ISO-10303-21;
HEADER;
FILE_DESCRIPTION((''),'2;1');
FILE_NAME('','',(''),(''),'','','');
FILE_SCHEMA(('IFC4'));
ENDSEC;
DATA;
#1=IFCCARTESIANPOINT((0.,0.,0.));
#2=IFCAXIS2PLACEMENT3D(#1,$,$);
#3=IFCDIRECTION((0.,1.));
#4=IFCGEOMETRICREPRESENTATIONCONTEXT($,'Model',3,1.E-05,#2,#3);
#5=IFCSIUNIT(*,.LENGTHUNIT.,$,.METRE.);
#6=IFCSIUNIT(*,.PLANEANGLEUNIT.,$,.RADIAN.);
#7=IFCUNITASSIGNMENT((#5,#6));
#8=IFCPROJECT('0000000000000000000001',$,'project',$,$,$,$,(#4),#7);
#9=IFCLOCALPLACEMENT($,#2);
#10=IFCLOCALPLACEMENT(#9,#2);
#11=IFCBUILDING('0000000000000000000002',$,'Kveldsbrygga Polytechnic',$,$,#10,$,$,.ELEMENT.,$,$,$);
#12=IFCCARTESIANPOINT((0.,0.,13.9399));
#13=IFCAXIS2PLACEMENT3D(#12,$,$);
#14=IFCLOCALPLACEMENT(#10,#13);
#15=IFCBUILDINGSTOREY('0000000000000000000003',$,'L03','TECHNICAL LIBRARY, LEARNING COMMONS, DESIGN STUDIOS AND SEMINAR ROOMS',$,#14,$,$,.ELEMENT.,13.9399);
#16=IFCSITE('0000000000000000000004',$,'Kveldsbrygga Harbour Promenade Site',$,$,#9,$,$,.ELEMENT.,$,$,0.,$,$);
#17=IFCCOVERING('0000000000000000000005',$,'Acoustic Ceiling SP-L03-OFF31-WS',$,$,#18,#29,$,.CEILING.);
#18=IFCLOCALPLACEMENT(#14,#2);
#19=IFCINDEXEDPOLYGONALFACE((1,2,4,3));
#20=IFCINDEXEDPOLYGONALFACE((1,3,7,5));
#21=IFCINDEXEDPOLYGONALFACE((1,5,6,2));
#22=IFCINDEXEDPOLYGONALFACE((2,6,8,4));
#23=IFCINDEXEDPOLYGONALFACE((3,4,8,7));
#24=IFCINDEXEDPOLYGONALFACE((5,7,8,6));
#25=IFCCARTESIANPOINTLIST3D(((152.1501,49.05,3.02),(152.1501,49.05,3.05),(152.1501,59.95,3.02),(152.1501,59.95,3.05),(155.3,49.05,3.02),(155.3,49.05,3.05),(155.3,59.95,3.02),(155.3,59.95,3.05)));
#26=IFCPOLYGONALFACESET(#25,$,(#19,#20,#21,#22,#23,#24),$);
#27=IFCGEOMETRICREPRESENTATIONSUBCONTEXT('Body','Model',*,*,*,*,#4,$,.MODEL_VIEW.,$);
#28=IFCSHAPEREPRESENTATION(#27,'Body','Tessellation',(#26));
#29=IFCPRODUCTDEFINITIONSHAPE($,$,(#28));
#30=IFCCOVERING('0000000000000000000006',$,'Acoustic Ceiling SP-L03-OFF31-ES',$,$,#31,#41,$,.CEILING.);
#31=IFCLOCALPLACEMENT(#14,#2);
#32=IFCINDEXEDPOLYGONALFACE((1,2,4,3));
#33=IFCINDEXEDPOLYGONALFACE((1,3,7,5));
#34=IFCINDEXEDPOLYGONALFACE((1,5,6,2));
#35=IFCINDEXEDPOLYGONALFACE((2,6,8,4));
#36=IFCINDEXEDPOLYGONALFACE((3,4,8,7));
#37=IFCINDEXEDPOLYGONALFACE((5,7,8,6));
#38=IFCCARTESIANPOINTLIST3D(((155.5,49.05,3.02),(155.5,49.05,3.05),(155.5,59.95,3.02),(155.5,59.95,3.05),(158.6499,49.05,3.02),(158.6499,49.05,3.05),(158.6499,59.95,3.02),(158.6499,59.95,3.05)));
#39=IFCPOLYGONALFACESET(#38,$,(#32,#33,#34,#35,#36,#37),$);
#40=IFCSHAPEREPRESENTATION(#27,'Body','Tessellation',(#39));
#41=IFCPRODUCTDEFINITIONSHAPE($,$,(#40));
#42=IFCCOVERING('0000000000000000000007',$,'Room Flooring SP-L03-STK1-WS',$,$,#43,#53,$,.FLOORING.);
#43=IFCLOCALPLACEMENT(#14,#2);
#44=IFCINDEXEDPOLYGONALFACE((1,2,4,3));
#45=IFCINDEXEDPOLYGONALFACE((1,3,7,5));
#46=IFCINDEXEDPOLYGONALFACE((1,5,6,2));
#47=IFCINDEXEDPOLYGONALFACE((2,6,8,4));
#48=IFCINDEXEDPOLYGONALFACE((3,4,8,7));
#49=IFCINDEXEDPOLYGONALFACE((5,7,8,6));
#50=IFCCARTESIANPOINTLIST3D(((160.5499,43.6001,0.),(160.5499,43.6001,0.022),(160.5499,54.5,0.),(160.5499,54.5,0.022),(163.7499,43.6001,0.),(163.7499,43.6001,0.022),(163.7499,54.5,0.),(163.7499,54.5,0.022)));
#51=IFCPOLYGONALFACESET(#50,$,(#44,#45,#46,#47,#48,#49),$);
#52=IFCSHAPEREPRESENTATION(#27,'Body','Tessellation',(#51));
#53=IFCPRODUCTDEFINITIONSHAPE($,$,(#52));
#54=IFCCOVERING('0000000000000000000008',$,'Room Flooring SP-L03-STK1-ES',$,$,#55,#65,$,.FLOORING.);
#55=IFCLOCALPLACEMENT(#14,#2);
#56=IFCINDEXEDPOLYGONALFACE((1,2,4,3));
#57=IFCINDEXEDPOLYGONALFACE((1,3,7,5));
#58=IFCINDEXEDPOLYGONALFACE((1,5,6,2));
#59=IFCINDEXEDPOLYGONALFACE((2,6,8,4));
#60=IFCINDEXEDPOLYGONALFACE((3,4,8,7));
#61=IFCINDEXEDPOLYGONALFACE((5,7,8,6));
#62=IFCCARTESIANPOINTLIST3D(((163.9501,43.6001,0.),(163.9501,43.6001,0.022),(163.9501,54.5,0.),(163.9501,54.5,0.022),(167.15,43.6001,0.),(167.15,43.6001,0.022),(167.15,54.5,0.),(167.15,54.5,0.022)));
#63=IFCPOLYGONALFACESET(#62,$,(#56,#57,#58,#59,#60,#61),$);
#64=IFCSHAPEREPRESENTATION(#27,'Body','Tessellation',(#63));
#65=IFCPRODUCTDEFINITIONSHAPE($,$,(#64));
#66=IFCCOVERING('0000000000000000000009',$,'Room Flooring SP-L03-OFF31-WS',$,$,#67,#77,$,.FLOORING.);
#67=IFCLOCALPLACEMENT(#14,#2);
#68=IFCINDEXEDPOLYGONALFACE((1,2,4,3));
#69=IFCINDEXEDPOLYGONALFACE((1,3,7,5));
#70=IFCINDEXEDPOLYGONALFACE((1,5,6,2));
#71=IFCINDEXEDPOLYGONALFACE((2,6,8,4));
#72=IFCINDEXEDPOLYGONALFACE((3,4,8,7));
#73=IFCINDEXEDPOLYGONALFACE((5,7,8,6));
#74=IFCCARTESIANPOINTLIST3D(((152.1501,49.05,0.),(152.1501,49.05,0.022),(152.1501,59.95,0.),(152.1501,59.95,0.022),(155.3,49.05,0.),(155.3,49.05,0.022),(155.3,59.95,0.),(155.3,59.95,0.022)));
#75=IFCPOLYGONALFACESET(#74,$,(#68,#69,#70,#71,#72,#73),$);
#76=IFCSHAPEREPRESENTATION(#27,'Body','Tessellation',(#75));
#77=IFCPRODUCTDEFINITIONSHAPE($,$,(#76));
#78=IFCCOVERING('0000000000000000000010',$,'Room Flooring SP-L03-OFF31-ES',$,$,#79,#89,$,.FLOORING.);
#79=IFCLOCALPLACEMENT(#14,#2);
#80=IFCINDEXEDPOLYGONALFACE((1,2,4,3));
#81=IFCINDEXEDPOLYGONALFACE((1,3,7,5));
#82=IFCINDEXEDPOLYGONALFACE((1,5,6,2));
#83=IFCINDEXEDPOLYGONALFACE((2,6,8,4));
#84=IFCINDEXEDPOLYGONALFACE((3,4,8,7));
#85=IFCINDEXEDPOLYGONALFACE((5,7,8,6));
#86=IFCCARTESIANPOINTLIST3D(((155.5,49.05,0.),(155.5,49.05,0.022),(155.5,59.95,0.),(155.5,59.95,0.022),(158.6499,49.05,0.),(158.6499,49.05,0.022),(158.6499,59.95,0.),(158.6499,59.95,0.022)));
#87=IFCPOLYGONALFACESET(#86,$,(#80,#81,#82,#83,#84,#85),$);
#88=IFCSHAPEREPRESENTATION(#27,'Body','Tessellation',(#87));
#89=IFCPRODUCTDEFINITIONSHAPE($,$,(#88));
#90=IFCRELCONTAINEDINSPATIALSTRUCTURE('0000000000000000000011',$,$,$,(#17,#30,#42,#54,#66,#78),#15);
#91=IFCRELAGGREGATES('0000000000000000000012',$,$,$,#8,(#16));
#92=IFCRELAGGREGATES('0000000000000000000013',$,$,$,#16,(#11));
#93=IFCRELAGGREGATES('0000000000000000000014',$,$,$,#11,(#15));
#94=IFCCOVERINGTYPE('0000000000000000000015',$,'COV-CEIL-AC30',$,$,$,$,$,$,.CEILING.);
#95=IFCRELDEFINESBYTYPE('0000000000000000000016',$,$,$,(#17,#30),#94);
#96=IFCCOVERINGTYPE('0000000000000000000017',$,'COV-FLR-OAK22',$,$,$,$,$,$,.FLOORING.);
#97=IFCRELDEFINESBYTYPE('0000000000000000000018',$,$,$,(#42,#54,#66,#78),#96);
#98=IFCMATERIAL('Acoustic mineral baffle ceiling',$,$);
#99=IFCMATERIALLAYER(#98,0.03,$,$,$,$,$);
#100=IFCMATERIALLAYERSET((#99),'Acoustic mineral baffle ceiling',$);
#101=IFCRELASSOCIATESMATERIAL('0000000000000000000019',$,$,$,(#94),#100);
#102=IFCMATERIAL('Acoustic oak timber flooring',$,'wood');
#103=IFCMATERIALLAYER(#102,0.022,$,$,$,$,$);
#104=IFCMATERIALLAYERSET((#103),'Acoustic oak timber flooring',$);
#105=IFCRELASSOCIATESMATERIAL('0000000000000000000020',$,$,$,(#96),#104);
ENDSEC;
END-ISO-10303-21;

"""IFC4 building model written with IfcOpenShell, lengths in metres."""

from ifc_helpers import new_model, si_unit, direction, frame, origin, origin_2d, place, context, subcontext, project, spatial, rectangle, extrude, material, layer, layer_set, type_object, element, save


model = new_model("IFC4")

# Units and contexts
model_context = context("Model", 3, precision=1e-05, world=origin(), true_north=direction((0.0, 1.0)))
body_context = subcontext(model_context, "Body", "Model", "MODEL_VIEW")
ifc_project = project(units=[si_unit("LENGTHUNIT", "METRE"), si_unit("PLANEANGLEUNIT", "RADIAN")], contexts=[model_context])

# Site, building, storey
site_placement = place(None, origin())
site = spatial("IfcSite", under=ifc_project, at=site_placement, Name="Kveldsbrygga Harbour Promenade Site", CompositionType="ELEMENT", RefElevation=0.0)
building_placement = place(site_placement, origin())
building = spatial("IfcBuilding", under=site, at=building_placement, Name="Kveldsbrygga Polytechnic", CompositionType="ELEMENT")
storey_placement = place(building_placement, frame((0.0, 0.0, 13.9399)))
storey = spatial("IfcBuildingStorey", under=building, at=storey_placement, Name="L03", Description="TECHNICAL LIBRARY, LEARNING COMMONS, DESIGN STUDIOS AND SEMINAR ROOMS", CompositionType="ELEMENT", Elevation=13.9399)

# Coverings
ifc_material_1 = material(Name="Acoustic mineral baffle ceiling")
ifc_layer_1 = layer(ifc_material_1, 0.03)
ifc_layer_set_1 = layer_set([ifc_layer_1], Name="Acoustic mineral baffle ceiling")
covering_type_1 = type_object("IfcCoveringType", Name="COV-CEIL-AC30", PredefinedType="CEILING", material=ifc_layer_set_1)
for number, where, z_axis, x_axis, name in (
    (1, (153.7251, 54.5, 3.02), (0.0, 0.0, 1.0), (1.0, 0.0, 0.0), "Acoustic Ceiling SP-L03-OFF31-WS"),
    (2, (157.075, 54.5, 3.02), (0.0, 0.0, 1.0), (1.0, 0.0, 0.0), "Acoustic Ceiling SP-L03-OFF31-ES"),
):
    element("IfcCovering", number, at=place(storey_placement, frame(where, z_axis=z_axis, x_axis=x_axis)), inside=storey, type_object=covering_type_1, Name=name, PredefinedType="CEILING", context=body_context, shape_type="SweptSolid", body=[
        extrude(rectangle(XDim=3.1499, YDim=10.8999, at=origin_2d()), origin(), (0.0, 0.0, 1.0), 0.03),
    ])
ifc_material_2 = material(Name="Acoustic oak timber flooring", Category="wood")
ifc_layer_2 = layer(ifc_material_2, 0.022)
ifc_layer_set_2 = layer_set([ifc_layer_2], Name="Acoustic oak timber flooring")
covering_type_2 = type_object("IfcCoveringType", Name="COV-FLR-OAK22", PredefinedType="FLOORING", material=ifc_layer_set_2)
for number, where, z_axis, x_axis, name in (
    (3, (162.1499, 49.05, 0.0), (0.0, 0.0, 1.0), (1.0, 0.0, 0.0), "Room Flooring SP-L03-STK1-WS"),
    (4, (165.55, 49.05, 0.0), (0.0, 0.0, 1.0), (1.0, 0.0, 0.0), "Room Flooring SP-L03-STK1-ES"),
):
    element("IfcCovering", number, at=place(storey_placement, frame(where, z_axis=z_axis, x_axis=x_axis)), inside=storey, type_object=covering_type_2, Name=name, PredefinedType="FLOORING", context=body_context, shape_type="SweptSolid", body=[
        extrude(rectangle(XDim=3.2, YDim=10.8999, at=origin_2d()), origin(), (0.0, 0.0, 1.0), 0.022),
    ])
for number, where, z_axis, x_axis, name in (
    (5, (153.7251, 54.5, 0.0), (0.0, 0.0, 1.0), (1.0, 0.0, 0.0), "Room Flooring SP-L03-OFF31-WS"),
    (6, (157.075, 54.5, 0.0), (0.0, 0.0, 1.0), (1.0, 0.0, 0.0), "Room Flooring SP-L03-OFF31-ES"),
):
    element("IfcCovering", number, at=place(storey_placement, frame(where, z_axis=z_axis, x_axis=x_axis)), inside=storey, type_object=covering_type_2, Name=name, PredefinedType="FLOORING", context=body_context, shape_type="SweptSolid", body=[
        extrude(rectangle(XDim=3.1499, YDim=10.8999, at=origin_2d()), origin(), (0.0, 0.0, 1.0), 0.022),
    ])

save(model, "model.ifc")
